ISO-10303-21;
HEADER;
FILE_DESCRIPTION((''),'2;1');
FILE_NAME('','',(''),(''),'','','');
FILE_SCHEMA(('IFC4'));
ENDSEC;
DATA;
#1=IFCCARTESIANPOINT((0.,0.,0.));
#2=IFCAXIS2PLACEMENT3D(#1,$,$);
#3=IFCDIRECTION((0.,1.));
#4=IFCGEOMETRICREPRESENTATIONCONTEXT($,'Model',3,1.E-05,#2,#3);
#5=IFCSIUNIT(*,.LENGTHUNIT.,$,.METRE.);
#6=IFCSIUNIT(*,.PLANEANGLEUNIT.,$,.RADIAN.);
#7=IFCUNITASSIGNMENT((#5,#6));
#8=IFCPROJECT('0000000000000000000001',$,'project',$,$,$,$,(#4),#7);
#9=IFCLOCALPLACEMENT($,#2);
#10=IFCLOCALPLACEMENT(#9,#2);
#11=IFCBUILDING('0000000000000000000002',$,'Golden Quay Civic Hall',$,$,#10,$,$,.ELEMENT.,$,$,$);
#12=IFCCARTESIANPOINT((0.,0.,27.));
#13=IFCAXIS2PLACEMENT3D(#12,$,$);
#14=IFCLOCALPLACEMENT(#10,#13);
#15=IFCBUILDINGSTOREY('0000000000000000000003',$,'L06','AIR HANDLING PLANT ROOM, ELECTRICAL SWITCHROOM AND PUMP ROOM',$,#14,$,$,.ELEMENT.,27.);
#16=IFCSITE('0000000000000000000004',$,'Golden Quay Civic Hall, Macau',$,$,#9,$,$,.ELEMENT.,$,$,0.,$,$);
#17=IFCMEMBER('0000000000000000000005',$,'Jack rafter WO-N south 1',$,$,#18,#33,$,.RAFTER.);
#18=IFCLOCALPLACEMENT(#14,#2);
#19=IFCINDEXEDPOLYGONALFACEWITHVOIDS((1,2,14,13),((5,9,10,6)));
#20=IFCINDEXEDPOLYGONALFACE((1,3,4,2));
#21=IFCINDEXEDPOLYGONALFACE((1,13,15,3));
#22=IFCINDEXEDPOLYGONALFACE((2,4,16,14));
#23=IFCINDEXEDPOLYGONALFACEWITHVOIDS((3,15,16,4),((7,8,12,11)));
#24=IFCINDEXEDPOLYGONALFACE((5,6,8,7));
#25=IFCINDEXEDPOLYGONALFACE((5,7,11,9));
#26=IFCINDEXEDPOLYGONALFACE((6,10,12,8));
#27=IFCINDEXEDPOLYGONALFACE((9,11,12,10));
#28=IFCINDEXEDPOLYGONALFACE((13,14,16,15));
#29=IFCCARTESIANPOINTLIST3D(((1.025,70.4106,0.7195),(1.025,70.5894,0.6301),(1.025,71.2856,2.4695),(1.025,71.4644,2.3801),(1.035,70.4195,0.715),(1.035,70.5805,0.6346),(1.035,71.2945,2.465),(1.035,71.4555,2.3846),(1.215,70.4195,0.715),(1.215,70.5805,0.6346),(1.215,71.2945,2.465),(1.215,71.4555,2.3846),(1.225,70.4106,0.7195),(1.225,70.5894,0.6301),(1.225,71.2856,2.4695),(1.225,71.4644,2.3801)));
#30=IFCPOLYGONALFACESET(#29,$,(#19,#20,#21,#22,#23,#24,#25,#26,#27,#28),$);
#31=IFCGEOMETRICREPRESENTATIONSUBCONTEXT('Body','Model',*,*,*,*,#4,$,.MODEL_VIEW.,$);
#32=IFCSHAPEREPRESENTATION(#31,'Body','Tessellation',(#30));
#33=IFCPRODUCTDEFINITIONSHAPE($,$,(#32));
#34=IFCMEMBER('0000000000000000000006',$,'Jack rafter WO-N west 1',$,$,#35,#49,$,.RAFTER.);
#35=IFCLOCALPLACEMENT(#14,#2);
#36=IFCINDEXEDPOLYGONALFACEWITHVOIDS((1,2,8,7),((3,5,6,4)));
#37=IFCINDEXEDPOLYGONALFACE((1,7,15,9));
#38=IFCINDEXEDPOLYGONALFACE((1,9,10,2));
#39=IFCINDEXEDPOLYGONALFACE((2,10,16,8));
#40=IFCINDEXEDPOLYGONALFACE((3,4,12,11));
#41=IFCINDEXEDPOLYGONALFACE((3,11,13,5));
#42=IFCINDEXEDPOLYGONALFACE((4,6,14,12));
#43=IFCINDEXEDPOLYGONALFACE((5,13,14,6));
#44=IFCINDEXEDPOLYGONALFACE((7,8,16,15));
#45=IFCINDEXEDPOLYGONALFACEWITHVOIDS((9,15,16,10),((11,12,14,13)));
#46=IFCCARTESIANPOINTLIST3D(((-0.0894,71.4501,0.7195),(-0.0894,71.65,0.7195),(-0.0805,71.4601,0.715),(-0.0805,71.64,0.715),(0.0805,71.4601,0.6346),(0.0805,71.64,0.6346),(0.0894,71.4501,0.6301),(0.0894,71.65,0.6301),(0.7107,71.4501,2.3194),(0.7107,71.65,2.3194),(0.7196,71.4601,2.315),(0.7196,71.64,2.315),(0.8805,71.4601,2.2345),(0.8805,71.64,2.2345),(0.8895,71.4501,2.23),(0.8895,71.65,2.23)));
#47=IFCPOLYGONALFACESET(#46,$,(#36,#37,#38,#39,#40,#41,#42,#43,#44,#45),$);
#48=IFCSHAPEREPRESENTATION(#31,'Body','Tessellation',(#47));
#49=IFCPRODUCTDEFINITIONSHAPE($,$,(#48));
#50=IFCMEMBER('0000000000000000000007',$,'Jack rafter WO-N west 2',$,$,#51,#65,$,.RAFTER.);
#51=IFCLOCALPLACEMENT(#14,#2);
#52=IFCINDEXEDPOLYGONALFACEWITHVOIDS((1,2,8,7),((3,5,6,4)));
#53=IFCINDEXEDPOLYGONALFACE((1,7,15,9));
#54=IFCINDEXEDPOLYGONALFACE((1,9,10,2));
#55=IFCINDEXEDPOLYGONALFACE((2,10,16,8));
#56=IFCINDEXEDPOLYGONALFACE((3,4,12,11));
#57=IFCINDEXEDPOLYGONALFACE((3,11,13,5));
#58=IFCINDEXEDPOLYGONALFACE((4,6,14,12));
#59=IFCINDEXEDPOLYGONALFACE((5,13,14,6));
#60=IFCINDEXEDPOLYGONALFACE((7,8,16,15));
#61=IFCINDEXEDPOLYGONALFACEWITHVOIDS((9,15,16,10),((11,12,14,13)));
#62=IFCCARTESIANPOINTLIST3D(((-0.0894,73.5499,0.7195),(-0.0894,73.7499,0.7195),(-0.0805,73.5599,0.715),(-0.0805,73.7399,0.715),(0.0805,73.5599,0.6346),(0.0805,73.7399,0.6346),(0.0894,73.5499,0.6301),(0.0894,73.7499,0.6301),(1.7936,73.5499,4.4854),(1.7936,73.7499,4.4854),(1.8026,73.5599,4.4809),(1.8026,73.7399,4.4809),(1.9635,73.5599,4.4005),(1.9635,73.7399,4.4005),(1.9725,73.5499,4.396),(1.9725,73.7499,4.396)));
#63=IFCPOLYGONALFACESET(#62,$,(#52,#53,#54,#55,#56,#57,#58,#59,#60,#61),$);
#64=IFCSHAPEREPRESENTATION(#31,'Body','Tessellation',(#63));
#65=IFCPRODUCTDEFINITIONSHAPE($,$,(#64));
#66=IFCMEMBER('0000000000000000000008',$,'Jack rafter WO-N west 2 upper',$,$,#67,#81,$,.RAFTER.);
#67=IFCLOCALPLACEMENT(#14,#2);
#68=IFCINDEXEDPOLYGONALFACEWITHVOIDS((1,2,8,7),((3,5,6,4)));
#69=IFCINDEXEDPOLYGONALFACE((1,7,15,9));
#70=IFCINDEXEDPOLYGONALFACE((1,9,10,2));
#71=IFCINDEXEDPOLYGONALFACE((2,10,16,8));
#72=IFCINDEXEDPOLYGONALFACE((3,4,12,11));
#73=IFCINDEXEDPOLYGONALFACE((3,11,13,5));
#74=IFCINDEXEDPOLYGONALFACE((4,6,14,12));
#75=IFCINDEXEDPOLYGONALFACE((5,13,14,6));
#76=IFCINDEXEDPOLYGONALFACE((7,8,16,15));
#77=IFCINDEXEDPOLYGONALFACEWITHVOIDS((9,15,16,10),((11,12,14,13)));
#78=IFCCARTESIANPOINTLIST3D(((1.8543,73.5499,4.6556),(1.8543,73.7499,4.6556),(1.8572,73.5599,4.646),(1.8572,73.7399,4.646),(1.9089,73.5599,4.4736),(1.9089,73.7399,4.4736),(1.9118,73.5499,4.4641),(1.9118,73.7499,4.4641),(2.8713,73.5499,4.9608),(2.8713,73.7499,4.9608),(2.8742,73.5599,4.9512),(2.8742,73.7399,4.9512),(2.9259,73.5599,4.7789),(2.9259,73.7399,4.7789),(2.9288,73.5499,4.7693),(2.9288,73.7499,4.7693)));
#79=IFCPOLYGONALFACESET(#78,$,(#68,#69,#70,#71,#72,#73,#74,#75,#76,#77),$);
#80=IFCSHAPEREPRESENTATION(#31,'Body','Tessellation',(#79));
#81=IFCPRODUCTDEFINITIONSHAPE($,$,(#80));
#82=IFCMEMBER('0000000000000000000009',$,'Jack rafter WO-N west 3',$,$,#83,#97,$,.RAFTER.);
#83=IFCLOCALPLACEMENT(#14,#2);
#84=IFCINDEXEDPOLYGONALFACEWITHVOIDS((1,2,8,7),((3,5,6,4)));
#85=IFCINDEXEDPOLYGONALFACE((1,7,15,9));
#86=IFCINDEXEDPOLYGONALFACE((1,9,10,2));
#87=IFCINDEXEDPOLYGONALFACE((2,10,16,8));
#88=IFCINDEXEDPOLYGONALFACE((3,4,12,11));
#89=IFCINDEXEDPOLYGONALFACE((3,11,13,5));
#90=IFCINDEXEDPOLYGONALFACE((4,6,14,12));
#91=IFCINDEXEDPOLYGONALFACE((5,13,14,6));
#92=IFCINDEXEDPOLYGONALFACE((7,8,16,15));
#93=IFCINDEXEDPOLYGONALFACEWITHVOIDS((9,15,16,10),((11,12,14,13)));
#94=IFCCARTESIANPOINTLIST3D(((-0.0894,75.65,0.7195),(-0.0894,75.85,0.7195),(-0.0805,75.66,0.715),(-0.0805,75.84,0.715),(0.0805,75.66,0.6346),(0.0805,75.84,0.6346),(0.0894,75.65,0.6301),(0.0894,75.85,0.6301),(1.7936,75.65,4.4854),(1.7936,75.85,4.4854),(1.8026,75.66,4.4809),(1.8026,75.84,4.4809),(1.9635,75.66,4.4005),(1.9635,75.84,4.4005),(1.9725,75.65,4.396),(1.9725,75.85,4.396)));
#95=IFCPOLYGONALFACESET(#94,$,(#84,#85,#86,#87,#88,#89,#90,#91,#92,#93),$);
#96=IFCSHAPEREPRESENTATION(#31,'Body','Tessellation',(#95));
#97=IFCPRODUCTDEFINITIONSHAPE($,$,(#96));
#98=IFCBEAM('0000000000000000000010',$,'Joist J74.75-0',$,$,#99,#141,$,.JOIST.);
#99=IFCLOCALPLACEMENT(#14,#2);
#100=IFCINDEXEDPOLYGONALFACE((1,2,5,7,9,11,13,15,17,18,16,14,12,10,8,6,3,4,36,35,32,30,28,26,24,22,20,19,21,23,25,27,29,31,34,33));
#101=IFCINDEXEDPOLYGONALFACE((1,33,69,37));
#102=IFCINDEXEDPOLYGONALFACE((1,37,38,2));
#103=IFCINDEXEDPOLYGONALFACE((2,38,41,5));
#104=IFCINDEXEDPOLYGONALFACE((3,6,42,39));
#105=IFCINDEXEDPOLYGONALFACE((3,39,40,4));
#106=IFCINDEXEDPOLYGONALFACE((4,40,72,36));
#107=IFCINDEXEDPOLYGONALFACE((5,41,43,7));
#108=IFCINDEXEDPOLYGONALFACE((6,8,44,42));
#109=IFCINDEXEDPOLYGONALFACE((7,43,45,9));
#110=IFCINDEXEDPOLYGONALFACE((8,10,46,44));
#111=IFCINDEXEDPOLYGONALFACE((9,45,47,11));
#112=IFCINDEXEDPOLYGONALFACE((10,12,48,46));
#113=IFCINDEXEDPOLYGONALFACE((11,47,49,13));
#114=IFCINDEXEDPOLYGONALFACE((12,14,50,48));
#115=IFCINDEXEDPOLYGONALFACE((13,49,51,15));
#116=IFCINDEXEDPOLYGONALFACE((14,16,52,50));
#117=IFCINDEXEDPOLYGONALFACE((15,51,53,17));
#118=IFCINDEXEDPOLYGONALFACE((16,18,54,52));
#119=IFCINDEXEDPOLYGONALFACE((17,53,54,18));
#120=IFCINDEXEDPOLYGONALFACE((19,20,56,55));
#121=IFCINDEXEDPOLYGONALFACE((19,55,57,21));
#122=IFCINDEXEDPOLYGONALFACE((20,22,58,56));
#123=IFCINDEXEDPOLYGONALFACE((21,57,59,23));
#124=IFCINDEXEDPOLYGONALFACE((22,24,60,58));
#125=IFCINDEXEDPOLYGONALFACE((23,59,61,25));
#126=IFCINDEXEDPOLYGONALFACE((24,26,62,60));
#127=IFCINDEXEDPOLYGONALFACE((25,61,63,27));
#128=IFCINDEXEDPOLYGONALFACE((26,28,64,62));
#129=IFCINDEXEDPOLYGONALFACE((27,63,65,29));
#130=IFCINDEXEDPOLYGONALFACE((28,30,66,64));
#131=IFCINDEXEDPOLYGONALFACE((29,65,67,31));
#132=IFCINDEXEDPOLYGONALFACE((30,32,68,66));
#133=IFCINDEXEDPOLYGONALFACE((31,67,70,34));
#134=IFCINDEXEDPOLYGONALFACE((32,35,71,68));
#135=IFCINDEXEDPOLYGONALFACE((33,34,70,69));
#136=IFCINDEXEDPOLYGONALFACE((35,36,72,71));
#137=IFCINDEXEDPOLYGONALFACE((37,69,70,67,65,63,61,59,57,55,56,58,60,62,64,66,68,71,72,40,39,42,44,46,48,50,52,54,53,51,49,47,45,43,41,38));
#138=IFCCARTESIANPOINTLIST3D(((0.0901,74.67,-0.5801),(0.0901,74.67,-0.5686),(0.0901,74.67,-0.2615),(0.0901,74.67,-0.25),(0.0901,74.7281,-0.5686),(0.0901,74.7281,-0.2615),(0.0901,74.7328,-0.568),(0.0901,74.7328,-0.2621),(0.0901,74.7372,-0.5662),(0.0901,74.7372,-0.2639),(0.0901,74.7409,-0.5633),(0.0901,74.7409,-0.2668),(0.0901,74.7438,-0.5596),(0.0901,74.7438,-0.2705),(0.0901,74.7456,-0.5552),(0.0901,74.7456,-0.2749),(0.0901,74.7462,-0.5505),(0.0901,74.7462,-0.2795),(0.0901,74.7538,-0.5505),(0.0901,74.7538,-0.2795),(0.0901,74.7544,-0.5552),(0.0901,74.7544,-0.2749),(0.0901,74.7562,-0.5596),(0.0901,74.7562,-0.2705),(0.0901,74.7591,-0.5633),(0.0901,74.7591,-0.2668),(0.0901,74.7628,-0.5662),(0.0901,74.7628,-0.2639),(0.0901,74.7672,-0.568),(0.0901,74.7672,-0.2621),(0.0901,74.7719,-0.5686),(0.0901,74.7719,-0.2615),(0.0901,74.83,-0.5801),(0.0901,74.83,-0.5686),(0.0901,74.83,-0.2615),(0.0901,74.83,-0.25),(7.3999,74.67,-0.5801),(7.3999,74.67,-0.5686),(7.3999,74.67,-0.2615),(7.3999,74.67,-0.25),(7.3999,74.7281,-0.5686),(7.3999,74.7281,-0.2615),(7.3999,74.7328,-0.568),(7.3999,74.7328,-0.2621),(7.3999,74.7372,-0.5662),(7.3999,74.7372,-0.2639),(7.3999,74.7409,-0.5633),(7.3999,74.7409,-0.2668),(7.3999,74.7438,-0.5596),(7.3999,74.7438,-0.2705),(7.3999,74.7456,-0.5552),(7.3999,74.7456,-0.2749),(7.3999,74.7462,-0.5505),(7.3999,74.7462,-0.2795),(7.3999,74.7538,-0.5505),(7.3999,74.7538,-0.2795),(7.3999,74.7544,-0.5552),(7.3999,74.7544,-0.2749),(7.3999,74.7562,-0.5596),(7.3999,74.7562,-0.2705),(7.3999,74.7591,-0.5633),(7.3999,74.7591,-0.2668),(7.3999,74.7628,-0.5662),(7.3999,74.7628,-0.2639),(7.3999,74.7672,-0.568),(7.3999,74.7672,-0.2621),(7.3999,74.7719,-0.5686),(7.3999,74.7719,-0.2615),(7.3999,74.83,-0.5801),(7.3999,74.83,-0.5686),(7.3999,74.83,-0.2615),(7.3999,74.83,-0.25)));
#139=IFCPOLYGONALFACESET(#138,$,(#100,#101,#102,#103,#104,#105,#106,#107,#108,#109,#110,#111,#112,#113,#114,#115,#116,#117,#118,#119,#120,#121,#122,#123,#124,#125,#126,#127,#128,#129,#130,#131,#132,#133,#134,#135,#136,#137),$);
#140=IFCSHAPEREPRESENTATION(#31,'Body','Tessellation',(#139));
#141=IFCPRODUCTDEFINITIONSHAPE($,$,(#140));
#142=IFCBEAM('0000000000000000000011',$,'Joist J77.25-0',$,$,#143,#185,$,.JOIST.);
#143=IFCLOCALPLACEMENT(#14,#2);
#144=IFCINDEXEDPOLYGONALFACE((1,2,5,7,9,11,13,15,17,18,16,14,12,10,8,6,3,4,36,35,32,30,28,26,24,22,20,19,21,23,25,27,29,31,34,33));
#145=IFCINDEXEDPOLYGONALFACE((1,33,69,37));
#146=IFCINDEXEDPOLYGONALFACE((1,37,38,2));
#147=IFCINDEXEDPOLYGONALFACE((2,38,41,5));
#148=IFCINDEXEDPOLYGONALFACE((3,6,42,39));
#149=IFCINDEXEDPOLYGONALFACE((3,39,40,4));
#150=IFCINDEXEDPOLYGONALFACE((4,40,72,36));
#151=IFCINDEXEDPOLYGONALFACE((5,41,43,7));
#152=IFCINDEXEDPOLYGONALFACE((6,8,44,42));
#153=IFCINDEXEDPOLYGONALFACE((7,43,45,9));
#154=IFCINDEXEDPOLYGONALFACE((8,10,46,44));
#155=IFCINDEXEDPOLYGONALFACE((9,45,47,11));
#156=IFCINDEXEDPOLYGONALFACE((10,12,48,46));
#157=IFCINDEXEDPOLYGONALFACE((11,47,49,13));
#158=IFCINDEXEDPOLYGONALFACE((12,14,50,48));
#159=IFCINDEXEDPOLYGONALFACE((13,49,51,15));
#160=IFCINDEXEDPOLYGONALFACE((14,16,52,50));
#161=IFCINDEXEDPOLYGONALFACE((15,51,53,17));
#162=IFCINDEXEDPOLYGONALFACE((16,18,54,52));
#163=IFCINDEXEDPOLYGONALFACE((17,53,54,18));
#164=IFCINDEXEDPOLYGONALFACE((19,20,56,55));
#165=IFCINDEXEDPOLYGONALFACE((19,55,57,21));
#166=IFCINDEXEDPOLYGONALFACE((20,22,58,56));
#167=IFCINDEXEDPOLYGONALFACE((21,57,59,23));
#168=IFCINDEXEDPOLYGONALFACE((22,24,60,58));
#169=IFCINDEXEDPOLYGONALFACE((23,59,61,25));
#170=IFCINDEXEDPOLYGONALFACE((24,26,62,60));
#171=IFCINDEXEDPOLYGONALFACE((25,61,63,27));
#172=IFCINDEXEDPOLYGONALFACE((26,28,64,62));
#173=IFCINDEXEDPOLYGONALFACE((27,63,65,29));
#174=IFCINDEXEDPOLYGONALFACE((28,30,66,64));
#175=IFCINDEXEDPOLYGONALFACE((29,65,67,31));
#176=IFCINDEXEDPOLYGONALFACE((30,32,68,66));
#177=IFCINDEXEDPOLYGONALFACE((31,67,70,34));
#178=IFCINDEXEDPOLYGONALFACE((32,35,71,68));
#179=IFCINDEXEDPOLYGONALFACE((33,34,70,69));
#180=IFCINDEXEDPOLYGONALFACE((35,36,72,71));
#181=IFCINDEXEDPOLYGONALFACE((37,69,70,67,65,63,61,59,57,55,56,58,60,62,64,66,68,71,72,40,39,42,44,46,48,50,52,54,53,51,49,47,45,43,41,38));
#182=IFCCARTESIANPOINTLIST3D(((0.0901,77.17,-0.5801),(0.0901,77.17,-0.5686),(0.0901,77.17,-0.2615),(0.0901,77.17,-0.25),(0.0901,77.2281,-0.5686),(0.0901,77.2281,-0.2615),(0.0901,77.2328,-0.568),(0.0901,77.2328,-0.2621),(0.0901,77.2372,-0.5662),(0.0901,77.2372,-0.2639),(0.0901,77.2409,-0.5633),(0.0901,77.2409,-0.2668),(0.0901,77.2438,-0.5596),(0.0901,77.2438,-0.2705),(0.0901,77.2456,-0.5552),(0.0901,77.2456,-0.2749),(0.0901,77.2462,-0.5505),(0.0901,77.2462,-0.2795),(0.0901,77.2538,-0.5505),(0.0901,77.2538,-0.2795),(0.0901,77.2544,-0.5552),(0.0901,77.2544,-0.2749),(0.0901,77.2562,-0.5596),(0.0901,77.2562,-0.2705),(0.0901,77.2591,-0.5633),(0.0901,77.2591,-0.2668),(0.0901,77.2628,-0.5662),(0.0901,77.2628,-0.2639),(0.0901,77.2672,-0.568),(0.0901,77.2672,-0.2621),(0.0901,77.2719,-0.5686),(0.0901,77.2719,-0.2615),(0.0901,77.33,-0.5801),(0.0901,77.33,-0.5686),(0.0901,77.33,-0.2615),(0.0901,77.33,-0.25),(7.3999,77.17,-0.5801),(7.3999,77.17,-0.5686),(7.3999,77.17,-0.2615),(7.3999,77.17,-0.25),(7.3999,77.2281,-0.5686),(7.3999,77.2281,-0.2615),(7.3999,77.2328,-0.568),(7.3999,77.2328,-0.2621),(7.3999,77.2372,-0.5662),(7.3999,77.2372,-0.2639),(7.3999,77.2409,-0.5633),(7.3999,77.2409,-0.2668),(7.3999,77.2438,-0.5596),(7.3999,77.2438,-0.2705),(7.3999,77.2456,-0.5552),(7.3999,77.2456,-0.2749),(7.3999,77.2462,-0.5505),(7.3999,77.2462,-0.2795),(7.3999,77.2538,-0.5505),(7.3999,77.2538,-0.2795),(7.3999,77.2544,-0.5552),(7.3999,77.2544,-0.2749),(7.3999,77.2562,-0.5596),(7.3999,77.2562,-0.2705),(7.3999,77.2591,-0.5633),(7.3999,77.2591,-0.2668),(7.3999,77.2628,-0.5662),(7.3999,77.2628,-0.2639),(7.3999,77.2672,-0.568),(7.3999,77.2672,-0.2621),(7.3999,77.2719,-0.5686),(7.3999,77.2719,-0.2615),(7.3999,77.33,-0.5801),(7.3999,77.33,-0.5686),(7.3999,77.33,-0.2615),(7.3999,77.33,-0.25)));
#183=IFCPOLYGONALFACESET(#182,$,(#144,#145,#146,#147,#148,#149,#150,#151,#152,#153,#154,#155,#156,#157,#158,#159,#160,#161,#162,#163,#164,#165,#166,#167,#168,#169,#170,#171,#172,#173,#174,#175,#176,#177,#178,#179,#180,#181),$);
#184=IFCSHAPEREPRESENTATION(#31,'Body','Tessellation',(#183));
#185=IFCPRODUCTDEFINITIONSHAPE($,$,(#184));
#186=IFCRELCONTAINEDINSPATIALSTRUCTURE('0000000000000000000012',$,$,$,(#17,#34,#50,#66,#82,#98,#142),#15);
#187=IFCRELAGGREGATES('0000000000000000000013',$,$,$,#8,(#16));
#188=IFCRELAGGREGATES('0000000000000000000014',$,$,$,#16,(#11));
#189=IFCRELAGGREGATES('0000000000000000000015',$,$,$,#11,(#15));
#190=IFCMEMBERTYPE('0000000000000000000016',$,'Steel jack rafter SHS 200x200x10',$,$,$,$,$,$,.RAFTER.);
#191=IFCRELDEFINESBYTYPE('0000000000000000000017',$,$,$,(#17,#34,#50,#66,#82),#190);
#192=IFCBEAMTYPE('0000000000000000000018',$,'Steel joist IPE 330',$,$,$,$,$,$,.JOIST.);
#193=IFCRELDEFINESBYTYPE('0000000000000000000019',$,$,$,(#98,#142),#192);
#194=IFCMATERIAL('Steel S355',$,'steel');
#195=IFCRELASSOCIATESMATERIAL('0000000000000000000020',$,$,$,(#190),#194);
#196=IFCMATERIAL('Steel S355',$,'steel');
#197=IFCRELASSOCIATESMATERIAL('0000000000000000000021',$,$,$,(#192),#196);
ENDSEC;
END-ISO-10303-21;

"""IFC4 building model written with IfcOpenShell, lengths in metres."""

from ifc_helpers import new_model, si_unit, direction, frame, origin, origin_2d, place, context, subcontext, project, spatial, hollow_rectangle, i_section, extrude, material, material_profile, profile_set, type_object, element, save


model = new_model("IFC4")

# Units and contexts
model_context = context("Model", 3, precision=1e-05, world=origin(), true_north=direction((0.0, 1.0)))
body_context = subcontext(model_context, "Body", "Model", "MODEL_VIEW")
ifc_project = project(units=[si_unit("LENGTHUNIT", "METRE"), si_unit("PLANEANGLEUNIT", "RADIAN")], contexts=[model_context])

# Site, building, storey
site_placement = place(None, origin())
site = spatial("IfcSite", under=ifc_project, at=site_placement, Name="Golden Quay Civic Hall, Macau", CompositionType="ELEMENT", RefElevation=0.0)
building_placement = place(site_placement, origin())
building = spatial("IfcBuilding", under=site, at=building_placement, Name="Golden Quay Civic Hall", CompositionType="ELEMENT")
storey_placement = place(building_placement, frame((0.0, 0.0, 27.0)))
storey = spatial("IfcBuildingStorey", under=building, at=storey_placement, Name="L06", Description="AIR HANDLING PLANT ROOM, ELECTRICAL SWITCHROOM AND PUMP ROOM", CompositionType="ELEMENT", Elevation=27.0)

# Members
ifc_material_1 = material(Name="Steel S355", Category="steel")
ifc_material_profile_1 = material_profile(ifc_material_1, hollow_rectangle(XDim=0.2, YDim=0.2, WallThickness=0.01, at=origin_2d()), Name="SHS 200x200x10")
ifc_profile_set_1 = profile_set([ifc_material_profile_1], Name="Steel S355")
member_type_1 = type_object("IfcMemberType", Name="Steel jack rafter SHS 200x200x10", PredefinedType="RAFTER", material=ifc_profile_set_1)
member_1_placement = place(storey_placement, frame((1.125, 70.5, 0.6748), z_axis=(0.0, 0.447214, 0.894427), x_axis=(-1.0, 0.0, 0.0)))
element("IfcMember", 1, at=member_1_placement, inside=storey, type_object=member_type_1, Name="Jack rafter WO-N south 1", PredefinedType="RAFTER", context=body_context, shape_type="SweptSolid", body=[
    extrude(hollow_rectangle(XDim=0.2, YDim=0.2, WallThickness=0.01, at=origin_2d()), origin(), (0.0, 0.0, 1.0), 1.9565),
])
member_2_placement = place(storey_placement, frame((0.0, 71.55, 0.6748), z_axis=(0.447268, 0.0, 0.8944), x_axis=(0.0, 1.0, 0.0)))
element("IfcMember", 2, at=member_2_placement, inside=storey, type_object=member_type_1, Name="Jack rafter WO-N west 1", PredefinedType="RAFTER", context=body_context, shape_type="SweptSolid", body=[
    extrude(hollow_rectangle(XDim=0.2, YDim=0.2, WallThickness=0.01, at=origin_2d()), origin(), (0.0, 0.0, 1.0), 1.7888),
])
member_3_placement = place(storey_placement, frame((0.0, 73.6499, 0.6748), z_axis=(0.447237, 0.0, 0.894416), x_axis=(0.0, 1.0, 0.0)))
element("IfcMember", 3, at=member_3_placement, inside=storey, type_object=member_type_1, Name="Jack rafter WO-N west 2", PredefinedType="RAFTER", context=body_context, shape_type="SweptSolid", body=[
    extrude(hollow_rectangle(XDim=0.2, YDim=0.2, WallThickness=0.01, at=origin_2d()), origin(), (0.0, 0.0, 1.0), 4.2104),
])
member_4_placement = place(storey_placement, frame((1.8831, 73.6499, 4.5598), z_axis=(0.957795, 0.0, 0.287453), x_axis=(0.0, 1.0, 0.0)))
element("IfcMember", 4, at=member_4_placement, inside=storey, type_object=member_type_1, Name="Jack rafter WO-N west 2 upper", PredefinedType="RAFTER", context=body_context, shape_type="SweptSolid", body=[
    extrude(hollow_rectangle(XDim=0.2, YDim=0.2, WallThickness=0.01, at=origin_2d()), origin(), (0.0, 0.0, 1.0), 1.0618),
])
member_5_placement = place(storey_placement, frame((0.0, 75.75, 0.6748), z_axis=(0.447237, 0.0, 0.894416), x_axis=(0.0, 1.0, 0.0)))
element("IfcMember", 5, at=member_5_placement, inside=storey, type_object=member_type_1, Name="Jack rafter WO-N west 3", PredefinedType="RAFTER", context=body_context, shape_type="SweptSolid", body=[
    extrude(hollow_rectangle(XDim=0.2, YDim=0.2, WallThickness=0.01, at=origin_2d()), origin(), (0.0, 0.0, 1.0), 4.2104),
])

# Beams
ifc_material_2 = material(Name="Steel S355", Category="steel")
ifc_material_profile_2 = material_profile(ifc_material_2, i_section(OverallWidth=0.1599, OverallDepth=0.3301, WebThickness=0.0076, FlangeThickness=0.0115, FilletRadius=0.0181, at=origin_2d()), Name="IPE 330")
ifc_profile_set_2 = profile_set([ifc_material_profile_2], Name="Steel S355")
beam_type_1 = type_object("IfcBeamType", Name="Steel joist IPE 330", PredefinedType="JOIST", material=ifc_profile_set_2)
for number, where, z_axis, x_axis, name in (
    (6, (0.0901, 74.75, -0.415), (1.0, 0.0, 0.0), (0.0, 1.0, 0.0), "Joist J74.75-0"),
    (7, (0.0901, 77.25, -0.415), (1.0, 0.0, 0.0), (0.0, 1.0, 0.0), "Joist J77.25-0"),
):
    element("IfcBeam", number, at=place(storey_placement, frame(where, z_axis=z_axis, x_axis=x_axis)), inside=storey, type_object=beam_type_1, Name=name, PredefinedType="JOIST", context=body_context, shape_type="SweptSolid", body=[
        extrude(i_section(OverallWidth=0.1599, OverallDepth=0.3301, WebThickness=0.0076, FlangeThickness=0.0115, FilletRadius=0.0181, at=origin_2d()), origin(), (0.0, 0.0, 1.0), 7.3098),
    ])

save(model, "model.ifc")
